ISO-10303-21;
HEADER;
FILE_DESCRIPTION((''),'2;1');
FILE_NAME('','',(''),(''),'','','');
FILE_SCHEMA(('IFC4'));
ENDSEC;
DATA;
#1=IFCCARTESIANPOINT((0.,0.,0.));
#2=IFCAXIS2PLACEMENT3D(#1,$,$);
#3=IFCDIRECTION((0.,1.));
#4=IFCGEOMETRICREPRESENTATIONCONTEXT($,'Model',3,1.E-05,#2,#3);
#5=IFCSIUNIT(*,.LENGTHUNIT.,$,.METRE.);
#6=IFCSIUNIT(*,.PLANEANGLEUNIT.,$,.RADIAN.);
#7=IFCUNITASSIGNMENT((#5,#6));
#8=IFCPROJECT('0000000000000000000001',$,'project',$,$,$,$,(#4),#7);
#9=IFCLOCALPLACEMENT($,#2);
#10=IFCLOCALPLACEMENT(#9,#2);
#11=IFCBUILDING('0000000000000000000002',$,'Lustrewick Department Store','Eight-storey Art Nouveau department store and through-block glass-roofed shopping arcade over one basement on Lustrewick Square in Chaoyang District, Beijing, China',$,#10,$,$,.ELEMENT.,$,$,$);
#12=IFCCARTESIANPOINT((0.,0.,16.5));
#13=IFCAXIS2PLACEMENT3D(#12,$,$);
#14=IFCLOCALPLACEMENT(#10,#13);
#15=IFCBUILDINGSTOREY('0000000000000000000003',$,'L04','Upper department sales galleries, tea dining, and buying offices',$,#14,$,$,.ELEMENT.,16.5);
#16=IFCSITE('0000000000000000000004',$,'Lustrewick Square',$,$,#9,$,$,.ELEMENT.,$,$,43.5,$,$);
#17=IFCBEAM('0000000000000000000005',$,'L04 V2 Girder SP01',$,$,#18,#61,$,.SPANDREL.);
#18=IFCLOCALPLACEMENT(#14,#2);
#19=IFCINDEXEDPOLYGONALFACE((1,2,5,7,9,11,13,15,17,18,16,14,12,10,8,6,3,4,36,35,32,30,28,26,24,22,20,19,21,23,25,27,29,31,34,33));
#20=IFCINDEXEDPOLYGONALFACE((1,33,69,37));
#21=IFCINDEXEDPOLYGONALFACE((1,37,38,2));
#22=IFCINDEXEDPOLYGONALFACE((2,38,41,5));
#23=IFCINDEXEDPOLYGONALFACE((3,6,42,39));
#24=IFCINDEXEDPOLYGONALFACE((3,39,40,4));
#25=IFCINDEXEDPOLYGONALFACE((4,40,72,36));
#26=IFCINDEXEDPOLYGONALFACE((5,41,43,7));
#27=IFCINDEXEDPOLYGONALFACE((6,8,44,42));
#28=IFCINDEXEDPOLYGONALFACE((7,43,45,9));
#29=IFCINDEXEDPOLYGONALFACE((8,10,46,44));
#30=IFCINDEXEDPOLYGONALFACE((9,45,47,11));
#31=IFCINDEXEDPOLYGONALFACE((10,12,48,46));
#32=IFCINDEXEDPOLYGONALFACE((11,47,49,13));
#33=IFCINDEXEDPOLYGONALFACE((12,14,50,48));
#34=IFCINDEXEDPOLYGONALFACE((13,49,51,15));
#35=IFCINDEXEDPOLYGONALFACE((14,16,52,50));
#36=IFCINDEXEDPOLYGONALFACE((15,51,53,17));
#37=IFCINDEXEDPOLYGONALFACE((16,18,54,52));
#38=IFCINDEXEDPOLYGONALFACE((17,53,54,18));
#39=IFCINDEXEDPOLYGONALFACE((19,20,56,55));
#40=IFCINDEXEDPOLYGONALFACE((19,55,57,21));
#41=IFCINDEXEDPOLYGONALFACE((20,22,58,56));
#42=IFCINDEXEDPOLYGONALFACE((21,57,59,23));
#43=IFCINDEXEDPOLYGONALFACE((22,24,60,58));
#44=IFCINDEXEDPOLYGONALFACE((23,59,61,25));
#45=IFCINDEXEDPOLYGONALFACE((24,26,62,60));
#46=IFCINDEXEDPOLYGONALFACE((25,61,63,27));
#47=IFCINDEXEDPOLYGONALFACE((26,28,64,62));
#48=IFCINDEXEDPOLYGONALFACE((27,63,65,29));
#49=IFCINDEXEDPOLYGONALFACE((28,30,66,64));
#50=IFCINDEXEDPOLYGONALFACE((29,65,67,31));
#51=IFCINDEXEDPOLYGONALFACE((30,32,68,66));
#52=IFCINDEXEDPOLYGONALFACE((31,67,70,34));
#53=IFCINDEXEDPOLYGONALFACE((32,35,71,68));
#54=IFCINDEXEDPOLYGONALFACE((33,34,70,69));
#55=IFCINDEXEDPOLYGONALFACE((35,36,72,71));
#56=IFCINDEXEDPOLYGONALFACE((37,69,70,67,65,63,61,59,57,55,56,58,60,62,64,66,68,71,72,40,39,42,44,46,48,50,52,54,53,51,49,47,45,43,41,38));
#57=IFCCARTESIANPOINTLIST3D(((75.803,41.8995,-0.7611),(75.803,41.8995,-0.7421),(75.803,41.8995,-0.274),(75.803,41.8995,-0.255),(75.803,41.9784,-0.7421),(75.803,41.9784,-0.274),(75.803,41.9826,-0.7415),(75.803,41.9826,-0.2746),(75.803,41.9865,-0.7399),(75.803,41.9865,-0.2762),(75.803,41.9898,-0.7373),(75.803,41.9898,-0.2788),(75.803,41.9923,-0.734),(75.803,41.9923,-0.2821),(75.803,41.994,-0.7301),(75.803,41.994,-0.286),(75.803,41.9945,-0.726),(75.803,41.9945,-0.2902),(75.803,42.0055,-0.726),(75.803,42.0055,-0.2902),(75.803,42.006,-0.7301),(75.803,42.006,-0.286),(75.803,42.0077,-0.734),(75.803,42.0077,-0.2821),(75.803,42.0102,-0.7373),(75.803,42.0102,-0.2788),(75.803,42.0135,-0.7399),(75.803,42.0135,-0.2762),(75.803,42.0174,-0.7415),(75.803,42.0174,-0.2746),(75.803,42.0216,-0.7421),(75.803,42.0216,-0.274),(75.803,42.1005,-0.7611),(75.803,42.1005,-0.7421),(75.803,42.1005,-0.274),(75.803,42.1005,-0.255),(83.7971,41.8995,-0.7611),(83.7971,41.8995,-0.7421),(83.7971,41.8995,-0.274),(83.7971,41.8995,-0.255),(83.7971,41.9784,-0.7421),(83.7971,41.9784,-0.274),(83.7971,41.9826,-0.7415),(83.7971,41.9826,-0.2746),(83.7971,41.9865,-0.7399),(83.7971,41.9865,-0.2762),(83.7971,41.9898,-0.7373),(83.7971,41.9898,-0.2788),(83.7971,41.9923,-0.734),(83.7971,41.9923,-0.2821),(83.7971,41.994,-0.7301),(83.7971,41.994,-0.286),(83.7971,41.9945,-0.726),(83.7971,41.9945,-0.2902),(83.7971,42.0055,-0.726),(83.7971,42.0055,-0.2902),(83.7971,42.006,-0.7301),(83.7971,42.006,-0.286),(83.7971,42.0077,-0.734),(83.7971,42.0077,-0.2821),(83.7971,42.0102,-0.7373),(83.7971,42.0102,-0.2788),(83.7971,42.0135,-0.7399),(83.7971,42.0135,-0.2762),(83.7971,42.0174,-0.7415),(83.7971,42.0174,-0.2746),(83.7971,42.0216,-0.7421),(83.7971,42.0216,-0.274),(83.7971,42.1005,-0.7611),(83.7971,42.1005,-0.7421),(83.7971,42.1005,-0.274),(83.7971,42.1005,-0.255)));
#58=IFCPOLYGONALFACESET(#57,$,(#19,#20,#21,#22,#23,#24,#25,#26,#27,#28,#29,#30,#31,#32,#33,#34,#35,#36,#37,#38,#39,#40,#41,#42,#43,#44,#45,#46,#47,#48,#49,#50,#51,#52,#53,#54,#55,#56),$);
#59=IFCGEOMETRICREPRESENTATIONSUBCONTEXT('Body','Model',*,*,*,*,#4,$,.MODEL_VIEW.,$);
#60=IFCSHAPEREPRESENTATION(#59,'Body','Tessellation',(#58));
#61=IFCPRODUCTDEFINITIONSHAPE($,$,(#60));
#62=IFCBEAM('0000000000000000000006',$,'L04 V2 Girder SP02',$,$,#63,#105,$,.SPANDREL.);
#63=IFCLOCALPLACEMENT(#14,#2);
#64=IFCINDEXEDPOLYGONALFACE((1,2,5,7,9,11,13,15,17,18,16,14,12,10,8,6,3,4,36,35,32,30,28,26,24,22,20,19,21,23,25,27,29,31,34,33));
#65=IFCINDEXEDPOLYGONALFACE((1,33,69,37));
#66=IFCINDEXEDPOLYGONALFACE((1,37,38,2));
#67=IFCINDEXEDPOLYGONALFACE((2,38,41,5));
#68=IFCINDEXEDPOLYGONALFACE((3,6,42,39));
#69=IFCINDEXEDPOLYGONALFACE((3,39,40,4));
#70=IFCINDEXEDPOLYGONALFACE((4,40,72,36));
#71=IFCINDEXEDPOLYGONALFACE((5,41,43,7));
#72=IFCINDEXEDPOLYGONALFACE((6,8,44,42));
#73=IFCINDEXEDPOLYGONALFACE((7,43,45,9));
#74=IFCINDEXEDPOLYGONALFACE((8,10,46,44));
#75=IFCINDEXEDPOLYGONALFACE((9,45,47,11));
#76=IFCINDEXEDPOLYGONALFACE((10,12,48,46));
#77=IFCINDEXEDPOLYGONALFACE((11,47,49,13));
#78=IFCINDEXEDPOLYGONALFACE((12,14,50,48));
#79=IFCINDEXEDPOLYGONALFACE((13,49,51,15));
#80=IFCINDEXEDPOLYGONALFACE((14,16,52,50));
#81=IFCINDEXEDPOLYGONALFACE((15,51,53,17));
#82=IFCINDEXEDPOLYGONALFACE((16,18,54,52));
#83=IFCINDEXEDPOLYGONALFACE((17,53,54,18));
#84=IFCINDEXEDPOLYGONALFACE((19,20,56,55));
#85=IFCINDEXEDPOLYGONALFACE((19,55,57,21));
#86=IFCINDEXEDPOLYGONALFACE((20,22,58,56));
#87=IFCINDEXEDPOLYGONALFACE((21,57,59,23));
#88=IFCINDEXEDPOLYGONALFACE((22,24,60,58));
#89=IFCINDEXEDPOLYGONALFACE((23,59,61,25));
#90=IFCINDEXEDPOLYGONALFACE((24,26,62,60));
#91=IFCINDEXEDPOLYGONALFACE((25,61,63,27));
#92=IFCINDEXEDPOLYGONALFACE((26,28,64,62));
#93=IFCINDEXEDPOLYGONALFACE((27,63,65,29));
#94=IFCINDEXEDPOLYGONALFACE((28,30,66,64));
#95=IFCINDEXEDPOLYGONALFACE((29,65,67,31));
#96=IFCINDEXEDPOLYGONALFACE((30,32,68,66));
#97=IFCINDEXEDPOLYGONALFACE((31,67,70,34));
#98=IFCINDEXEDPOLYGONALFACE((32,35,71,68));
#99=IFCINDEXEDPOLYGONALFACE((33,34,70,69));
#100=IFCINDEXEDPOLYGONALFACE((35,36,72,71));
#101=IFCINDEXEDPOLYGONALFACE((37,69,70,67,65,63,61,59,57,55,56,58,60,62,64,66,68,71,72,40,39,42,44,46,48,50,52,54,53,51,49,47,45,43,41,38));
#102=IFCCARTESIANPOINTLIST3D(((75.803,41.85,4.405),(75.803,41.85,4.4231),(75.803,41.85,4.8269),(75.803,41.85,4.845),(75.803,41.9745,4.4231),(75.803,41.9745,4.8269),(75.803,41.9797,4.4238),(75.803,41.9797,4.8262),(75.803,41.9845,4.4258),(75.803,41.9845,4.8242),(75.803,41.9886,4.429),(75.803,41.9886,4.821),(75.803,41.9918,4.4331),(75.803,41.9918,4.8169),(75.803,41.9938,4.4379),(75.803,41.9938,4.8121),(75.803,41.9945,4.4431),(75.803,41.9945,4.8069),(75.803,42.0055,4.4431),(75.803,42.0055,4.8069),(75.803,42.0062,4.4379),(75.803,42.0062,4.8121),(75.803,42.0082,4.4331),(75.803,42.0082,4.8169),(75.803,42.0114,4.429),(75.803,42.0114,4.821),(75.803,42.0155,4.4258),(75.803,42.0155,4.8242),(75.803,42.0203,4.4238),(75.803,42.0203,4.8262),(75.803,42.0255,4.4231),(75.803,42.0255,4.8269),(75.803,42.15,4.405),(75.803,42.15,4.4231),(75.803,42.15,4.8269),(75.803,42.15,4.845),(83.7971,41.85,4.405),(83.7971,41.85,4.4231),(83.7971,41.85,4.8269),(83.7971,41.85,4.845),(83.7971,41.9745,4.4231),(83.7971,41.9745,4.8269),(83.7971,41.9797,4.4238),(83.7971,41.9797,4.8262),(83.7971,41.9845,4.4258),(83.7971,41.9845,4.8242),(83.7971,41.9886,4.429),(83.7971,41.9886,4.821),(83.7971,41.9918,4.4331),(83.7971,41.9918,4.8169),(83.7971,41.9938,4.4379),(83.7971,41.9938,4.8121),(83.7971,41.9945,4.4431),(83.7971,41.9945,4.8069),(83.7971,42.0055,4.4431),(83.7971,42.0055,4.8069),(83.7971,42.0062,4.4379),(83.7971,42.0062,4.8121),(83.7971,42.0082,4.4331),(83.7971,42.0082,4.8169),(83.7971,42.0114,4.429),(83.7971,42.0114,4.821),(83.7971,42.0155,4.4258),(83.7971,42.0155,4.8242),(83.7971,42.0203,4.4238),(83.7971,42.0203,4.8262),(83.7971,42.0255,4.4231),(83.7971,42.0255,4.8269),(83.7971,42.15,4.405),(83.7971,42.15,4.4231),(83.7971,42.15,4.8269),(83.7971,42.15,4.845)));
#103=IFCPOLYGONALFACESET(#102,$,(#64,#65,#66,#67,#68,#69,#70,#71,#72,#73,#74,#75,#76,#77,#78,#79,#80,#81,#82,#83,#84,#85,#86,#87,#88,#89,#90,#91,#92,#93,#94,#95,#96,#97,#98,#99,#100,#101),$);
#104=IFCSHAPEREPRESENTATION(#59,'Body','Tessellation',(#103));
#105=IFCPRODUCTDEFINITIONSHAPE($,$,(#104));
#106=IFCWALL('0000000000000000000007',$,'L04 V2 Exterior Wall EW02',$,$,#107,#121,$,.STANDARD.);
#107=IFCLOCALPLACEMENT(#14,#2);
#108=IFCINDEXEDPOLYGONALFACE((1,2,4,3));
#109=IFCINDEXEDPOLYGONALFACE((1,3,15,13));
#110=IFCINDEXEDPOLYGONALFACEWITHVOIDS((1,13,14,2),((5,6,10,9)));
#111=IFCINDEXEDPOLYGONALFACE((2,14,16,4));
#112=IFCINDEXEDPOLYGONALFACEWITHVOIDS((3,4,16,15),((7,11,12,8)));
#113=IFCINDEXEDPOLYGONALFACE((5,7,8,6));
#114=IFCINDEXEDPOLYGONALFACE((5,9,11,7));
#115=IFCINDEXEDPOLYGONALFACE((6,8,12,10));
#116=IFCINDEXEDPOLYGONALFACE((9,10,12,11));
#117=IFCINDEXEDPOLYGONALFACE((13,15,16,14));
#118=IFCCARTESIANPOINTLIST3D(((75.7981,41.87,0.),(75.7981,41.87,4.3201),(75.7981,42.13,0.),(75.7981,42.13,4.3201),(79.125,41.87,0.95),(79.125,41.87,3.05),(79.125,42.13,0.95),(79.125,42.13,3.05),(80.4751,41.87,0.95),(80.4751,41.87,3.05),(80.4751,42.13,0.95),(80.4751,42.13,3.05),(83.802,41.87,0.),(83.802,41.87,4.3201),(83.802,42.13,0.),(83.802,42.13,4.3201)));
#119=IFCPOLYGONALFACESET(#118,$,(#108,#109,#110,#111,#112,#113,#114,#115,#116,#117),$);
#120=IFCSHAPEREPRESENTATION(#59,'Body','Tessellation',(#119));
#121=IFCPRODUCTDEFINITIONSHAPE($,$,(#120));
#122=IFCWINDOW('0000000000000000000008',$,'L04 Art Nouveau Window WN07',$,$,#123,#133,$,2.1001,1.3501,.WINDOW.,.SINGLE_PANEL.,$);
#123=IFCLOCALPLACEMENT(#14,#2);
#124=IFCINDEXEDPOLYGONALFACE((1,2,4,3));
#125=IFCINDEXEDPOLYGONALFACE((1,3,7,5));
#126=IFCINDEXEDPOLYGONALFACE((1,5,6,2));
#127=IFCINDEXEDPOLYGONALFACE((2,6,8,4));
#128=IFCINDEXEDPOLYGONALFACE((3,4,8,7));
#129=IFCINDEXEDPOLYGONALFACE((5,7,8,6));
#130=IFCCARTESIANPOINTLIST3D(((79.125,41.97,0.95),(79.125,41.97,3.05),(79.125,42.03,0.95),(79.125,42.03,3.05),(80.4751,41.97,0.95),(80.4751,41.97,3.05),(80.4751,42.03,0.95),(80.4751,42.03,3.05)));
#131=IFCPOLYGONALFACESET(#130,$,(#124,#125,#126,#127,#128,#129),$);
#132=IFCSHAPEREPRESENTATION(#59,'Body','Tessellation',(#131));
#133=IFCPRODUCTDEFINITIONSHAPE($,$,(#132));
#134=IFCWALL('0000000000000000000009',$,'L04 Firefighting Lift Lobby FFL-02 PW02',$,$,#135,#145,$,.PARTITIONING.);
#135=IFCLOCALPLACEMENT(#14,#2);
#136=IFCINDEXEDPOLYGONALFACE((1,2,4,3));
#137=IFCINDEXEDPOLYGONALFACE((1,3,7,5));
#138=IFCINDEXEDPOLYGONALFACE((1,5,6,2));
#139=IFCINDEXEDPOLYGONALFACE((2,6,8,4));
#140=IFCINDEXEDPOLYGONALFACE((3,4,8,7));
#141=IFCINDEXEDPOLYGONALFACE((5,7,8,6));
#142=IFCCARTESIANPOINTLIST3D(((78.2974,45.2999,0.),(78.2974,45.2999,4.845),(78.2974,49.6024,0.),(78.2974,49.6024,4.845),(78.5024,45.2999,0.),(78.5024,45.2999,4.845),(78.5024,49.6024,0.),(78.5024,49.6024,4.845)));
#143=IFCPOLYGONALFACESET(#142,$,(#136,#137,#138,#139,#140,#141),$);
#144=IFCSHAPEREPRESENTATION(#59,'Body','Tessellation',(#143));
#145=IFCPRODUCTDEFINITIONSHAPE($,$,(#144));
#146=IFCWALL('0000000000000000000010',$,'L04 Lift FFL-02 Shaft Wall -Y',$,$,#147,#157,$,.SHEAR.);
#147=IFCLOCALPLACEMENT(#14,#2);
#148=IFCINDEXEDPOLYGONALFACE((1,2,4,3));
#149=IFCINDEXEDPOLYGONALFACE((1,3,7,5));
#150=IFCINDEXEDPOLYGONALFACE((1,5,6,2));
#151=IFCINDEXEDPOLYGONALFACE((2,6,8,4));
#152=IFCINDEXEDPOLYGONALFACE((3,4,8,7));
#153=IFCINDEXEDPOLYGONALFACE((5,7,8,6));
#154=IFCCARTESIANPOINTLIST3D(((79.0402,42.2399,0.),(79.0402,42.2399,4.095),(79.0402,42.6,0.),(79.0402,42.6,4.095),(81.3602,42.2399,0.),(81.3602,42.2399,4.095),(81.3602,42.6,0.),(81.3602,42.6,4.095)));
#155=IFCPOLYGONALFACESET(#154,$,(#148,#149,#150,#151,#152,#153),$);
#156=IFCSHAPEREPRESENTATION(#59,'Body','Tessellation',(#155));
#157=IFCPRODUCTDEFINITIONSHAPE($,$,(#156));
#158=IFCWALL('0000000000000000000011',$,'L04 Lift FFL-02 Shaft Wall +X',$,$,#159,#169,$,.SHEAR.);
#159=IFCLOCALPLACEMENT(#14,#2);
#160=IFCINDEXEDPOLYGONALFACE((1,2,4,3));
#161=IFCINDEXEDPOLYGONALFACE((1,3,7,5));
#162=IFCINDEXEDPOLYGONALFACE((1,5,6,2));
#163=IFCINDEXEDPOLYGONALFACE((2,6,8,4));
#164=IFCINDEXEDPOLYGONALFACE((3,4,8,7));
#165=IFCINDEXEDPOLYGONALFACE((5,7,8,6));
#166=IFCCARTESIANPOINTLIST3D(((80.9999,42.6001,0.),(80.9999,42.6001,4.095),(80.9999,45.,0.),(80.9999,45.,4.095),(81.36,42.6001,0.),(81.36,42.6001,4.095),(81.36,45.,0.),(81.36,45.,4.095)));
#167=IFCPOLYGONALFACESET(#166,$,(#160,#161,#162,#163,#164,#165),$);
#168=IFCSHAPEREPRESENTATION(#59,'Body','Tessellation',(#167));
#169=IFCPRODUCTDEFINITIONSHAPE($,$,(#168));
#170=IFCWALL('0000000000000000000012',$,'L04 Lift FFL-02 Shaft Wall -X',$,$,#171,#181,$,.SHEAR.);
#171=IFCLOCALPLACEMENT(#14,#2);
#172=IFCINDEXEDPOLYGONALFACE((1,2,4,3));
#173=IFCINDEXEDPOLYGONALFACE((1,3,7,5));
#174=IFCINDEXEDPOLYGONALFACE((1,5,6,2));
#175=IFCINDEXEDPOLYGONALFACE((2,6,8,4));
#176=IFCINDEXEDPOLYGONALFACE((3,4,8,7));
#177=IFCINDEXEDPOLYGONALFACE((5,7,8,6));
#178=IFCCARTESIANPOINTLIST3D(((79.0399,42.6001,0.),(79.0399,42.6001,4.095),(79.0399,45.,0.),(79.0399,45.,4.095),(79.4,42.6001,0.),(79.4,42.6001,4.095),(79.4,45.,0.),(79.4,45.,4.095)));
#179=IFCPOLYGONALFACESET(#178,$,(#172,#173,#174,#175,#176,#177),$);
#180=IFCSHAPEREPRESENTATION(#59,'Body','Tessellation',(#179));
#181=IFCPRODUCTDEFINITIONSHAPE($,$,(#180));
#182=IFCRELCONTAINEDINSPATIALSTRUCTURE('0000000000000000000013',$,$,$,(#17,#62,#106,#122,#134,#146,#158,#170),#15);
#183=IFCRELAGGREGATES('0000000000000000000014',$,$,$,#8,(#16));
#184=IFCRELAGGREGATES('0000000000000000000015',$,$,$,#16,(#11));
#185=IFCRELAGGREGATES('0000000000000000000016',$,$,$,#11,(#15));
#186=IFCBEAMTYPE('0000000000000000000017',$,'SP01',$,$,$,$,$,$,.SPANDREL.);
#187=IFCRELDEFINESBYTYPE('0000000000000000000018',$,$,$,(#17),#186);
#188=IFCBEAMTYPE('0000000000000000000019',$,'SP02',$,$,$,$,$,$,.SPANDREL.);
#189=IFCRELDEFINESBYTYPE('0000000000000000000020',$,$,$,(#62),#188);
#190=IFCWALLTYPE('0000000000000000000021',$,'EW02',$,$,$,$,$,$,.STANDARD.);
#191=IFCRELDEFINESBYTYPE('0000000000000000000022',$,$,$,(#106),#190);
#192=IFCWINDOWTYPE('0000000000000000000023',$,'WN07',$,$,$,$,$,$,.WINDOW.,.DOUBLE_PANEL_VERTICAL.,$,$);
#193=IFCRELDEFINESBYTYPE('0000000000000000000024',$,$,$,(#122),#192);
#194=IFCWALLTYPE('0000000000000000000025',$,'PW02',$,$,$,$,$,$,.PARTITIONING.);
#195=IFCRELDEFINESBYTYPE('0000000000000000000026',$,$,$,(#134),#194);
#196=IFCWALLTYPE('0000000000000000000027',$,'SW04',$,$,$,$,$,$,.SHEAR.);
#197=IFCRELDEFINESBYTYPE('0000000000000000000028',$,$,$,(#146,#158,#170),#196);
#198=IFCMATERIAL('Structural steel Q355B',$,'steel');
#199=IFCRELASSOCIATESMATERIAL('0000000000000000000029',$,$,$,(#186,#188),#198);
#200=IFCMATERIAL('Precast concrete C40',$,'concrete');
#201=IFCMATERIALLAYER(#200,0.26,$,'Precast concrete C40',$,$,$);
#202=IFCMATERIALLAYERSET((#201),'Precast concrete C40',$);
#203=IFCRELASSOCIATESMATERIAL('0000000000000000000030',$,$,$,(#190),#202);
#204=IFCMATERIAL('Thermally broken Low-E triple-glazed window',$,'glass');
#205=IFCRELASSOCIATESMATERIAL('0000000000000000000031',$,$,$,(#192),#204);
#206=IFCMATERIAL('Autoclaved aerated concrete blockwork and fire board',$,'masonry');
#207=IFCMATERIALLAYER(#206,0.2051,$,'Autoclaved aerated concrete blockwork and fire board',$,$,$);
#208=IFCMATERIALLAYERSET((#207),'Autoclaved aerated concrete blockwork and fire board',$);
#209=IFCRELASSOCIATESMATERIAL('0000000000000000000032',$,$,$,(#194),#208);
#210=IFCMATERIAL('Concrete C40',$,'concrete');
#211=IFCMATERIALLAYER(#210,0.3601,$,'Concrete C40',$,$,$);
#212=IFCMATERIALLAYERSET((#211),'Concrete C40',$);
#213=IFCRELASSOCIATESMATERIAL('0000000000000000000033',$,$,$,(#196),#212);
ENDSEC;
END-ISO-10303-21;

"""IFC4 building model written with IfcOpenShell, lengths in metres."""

from ifc_helpers import new_model, si_unit, direction, frame, frame_2d, origin, origin_2d, place, context, subcontext, project, spatial, rectangle, i_section, extrude, material, layer, layer_set, material_profile, profile_set, type_object, element, fill, save


model = new_model("IFC4")

# Units and contexts
model_context = context("Model", 3, precision=1e-05, world=origin(), true_north=direction((0.0, 1.0)))
body_context = subcontext(model_context, "Body", "Model", "MODEL_VIEW")
ifc_project = project(units=[si_unit("LENGTHUNIT", "METRE"), si_unit("PLANEANGLEUNIT", "RADIAN")], contexts=[model_context])

# Site, building, storey
site_placement = place(None, origin())
site = spatial("IfcSite", under=ifc_project, at=site_placement, Name="Lustrewick Square", CompositionType="ELEMENT", RefElevation=43.5)
building_placement = place(site_placement, origin())
building = spatial("IfcBuilding", under=site, at=building_placement, Name="Lustrewick Department Store", Description="Eight-storey Art Nouveau department store and through-block glass-roofed shopping arcade over one basement on Lustrewick Square in Chaoyang District, Beijing, China", CompositionType="ELEMENT")
storey_placement = place(building_placement, frame((0.0, 0.0, 16.5)))
storey = spatial("IfcBuildingStorey", under=building, at=storey_placement, Name="L04", Description="Upper department sales galleries, tea dining, and buying offices", CompositionType="ELEMENT", Elevation=16.5)

# Shared definitions
ifc_material_1 = material(Name="Structural steel Q355B", Category="steel")

# Beams
ifc_material_profile_1 = material_profile(ifc_material_1, i_section(OverallWidth=0.2009, OverallDepth=0.5061, WebThickness=0.011, FlangeThickness=0.019, FilletRadius=0.0161, at=origin_2d()), Name="HN 506x201x11x19")
ifc_profile_set_1 = profile_set([ifc_material_profile_1], Name="Structural steel Q355B")
beam_type_1 = type_object("IfcBeamType", Name="SP01", PredefinedType="SPANDREL", material=ifc_profile_set_1)
beam_1_placement = place(storey_placement, frame((75.803, 42.0, -0.5081), z_axis=(1.0, 0.0, 0.0), x_axis=(0.0, 1.0, 0.0)))
element("IfcBeam", 1, at=beam_1_placement, inside=storey, type_object=beam_type_1, Name="L04 V2 Girder SP01", PredefinedType="SPANDREL", context=body_context, shape_type="SweptSolid", body=[
    extrude(i_section(OverallWidth=0.2009, OverallDepth=0.5061, WebThickness=0.011, FlangeThickness=0.019, FilletRadius=0.0161, at=origin_2d()), origin(), (0.0, 0.0, 1.0), 7.9941),
])
ifc_material_profile_2 = material_profile(ifc_material_1, i_section(OverallWidth=0.3, OverallDepth=0.4399, WebThickness=0.011, FlangeThickness=0.0181, FilletRadius=0.02, at=origin_2d()), Name="HM 440x300x11x18")
ifc_profile_set_2 = profile_set([ifc_material_profile_2], Name="Structural steel Q355B")
beam_type_2 = type_object("IfcBeamType", Name="SP02", PredefinedType="SPANDREL", material=ifc_profile_set_2)
beam_2_placement = place(storey_placement, frame((75.803, 42.0, 4.625), z_axis=(1.0, 0.0, 0.0), x_axis=(0.0, 1.0, 0.0)))
element("IfcBeam", 2, at=beam_2_placement, inside=storey, type_object=beam_type_2, Name="L04 V2 Girder SP02", PredefinedType="SPANDREL", context=body_context, shape_type="SweptSolid", body=[
    extrude(i_section(OverallWidth=0.3, OverallDepth=0.4399, WebThickness=0.011, FlangeThickness=0.0181, FilletRadius=0.02, at=origin_2d()), origin(), (0.0, 0.0, 1.0), 7.9941),
])

# Wall, opening, window
ifc_material_2 = material(Name="Precast concrete C40", Category="concrete")
ifc_layer_1 = layer(ifc_material_2, 0.26, Name="Precast concrete C40")
ifc_layer_set_1 = layer_set([ifc_layer_1], Name="Precast concrete C40")
wall_type_1 = type_object("IfcWallType", Name="EW02", PredefinedType="STANDARD", material=ifc_layer_set_1)
wall_1_placement = place(storey_placement, frame((75.7981, 42.0, 0.0), z_axis=(0.0, 0.0, 1.0), x_axis=(1.0, 0.0, 0.0)))
wall_1 = element("IfcWall", 3, at=wall_1_placement, inside=storey, type_object=wall_type_1, Name="L04 V2 Exterior Wall EW02", PredefinedType="STANDARD", context=body_context, shape_type="SweptSolid", body=[
    extrude(rectangle(XDim=8.0039, YDim=0.26, at=frame_2d((4.002, 0.0))), origin(), (0.0, 0.0, 1.0), 4.3201),
])
opening_placement = place(wall_1_placement, frame((3.3269, 0.0, 0.95)))
opening = element("IfcOpeningElement", 4, at=opening_placement, cuts=wall_1, PredefinedType="OPENING", context=body_context, shape_type="SweptSolid", body=[
    extrude(rectangle(XDim=1.3501, YDim=2.1001, at=frame_2d((0.675, 1.05))), frame((0.0, 0.1401, 0.0), z_axis=(0.0, -1.0, 0.0), x_axis=(1.0, 0.0, 0.0)), (0.0, 0.0, 1.0), 0.28),
])
ifc_material_3 = material(Name="Thermally broken Low-E triple-glazed window", Category="glass")
window_type = type_object("IfcWindowType", Name="WN07", PartitioningType="DOUBLE_PANEL_VERTICAL", PredefinedType="WINDOW", material=ifc_material_3)
window_placement = place(opening_placement, origin())
window = element("IfcWindow", 5, at=window_placement, inside=storey, type_object=window_type, Name="L04 Art Nouveau Window WN07", OverallHeight=2.1001, OverallWidth=1.3501, PartitioningType="SINGLE_PANEL", PredefinedType="WINDOW", context=body_context, shape_type="SweptSolid", body=[
    extrude(rectangle(XDim=1.3501, YDim=2.1001, at=frame_2d((0.675, 1.05))), frame((0.0, 0.03, 0.0), z_axis=(0.0, -1.0, 0.0), x_axis=(1.0, 0.0, 0.0)), (0.0, 0.0, 1.0), 0.0601),
])
fill(opening, window)

# Walls
ifc_material_4 = material(Name="Autoclaved aerated concrete blockwork and fire board", Category="masonry")
ifc_layer_2 = layer(ifc_material_4, 0.2051, Name="Autoclaved aerated concrete blockwork and fire board")
ifc_layer_set_2 = layer_set([ifc_layer_2], Name="Autoclaved aerated concrete blockwork and fire board")
wall_type_2 = type_object("IfcWallType", Name="PW02", PredefinedType="PARTITIONING", material=ifc_layer_set_2)
wall_2_placement = place(storey_placement, frame((78.3999, 49.6025, 0.0), z_axis=(0.0, 0.0, 1.0), x_axis=(0.0, -1.0, 0.0)))
element("IfcWall", 6, at=wall_2_placement, inside=storey, type_object=wall_type_2, Name="L04 Firefighting Lift Lobby FFL-02 PW02", PredefinedType="PARTITIONING", context=body_context, shape_type="SweptSolid", body=[
    extrude(rectangle(XDim=4.3025, YDim=0.2051, at=frame_2d((2.1514, 0.0))), origin(), (0.0, 0.0, 1.0), 4.845),
])
ifc_material_5 = material(Name="Concrete C40", Category="concrete")
ifc_layer_3 = layer(ifc_material_5, 0.3601, Name="Concrete C40")
ifc_layer_set_3 = layer_set([ifc_layer_3], Name="Concrete C40")
wall_type_3 = type_object("IfcWallType", Name="SW04", PredefinedType="SHEAR", material=ifc_layer_set_3)
wall_3_placement = place(storey_placement, frame((79.04, 42.4199, 0.0), z_axis=(0.0, 0.0, 1.0), x_axis=(1.0, 0.0, 0.0)))
element("IfcWall", 7, at=wall_3_placement, inside=storey, type_object=wall_type_3, Name="L04 Lift FFL-02 Shaft Wall -Y", PredefinedType="SHEAR", context=body_context, shape_type="SweptSolid", body=[
    extrude(rectangle(XDim=2.3201, YDim=0.3601, at=frame_2d((1.1602, 0.0))), origin(), (0.0, 0.0, 1.0), 4.095),
])
for number, where, z_axis, x_axis, name in (
    (8, (81.1799, 42.6001, 0.0), (0.0, 0.0, 1.0), (0.0, 1.0, 0.0), "L04 Lift FFL-02 Shaft Wall +X"),
    (9, (79.22, 45.0, 0.0), (0.0, 0.0, 1.0), (0.0, -1.0, 0.0), "L04 Lift FFL-02 Shaft Wall -X"),
):
    element("IfcWall", number, at=place(storey_placement, frame(where, z_axis=z_axis, x_axis=x_axis)), inside=storey, type_object=wall_type_3, Name=name, PredefinedType="SHEAR", context=body_context, shape_type="SweptSolid", body=[
        extrude(rectangle(XDim=2.3999, YDim=0.3601, at=frame_2d((1.2, 0.0))), origin(), (0.0, 0.0, 1.0), 4.095),
    ])

save(model, "model.ifc")
